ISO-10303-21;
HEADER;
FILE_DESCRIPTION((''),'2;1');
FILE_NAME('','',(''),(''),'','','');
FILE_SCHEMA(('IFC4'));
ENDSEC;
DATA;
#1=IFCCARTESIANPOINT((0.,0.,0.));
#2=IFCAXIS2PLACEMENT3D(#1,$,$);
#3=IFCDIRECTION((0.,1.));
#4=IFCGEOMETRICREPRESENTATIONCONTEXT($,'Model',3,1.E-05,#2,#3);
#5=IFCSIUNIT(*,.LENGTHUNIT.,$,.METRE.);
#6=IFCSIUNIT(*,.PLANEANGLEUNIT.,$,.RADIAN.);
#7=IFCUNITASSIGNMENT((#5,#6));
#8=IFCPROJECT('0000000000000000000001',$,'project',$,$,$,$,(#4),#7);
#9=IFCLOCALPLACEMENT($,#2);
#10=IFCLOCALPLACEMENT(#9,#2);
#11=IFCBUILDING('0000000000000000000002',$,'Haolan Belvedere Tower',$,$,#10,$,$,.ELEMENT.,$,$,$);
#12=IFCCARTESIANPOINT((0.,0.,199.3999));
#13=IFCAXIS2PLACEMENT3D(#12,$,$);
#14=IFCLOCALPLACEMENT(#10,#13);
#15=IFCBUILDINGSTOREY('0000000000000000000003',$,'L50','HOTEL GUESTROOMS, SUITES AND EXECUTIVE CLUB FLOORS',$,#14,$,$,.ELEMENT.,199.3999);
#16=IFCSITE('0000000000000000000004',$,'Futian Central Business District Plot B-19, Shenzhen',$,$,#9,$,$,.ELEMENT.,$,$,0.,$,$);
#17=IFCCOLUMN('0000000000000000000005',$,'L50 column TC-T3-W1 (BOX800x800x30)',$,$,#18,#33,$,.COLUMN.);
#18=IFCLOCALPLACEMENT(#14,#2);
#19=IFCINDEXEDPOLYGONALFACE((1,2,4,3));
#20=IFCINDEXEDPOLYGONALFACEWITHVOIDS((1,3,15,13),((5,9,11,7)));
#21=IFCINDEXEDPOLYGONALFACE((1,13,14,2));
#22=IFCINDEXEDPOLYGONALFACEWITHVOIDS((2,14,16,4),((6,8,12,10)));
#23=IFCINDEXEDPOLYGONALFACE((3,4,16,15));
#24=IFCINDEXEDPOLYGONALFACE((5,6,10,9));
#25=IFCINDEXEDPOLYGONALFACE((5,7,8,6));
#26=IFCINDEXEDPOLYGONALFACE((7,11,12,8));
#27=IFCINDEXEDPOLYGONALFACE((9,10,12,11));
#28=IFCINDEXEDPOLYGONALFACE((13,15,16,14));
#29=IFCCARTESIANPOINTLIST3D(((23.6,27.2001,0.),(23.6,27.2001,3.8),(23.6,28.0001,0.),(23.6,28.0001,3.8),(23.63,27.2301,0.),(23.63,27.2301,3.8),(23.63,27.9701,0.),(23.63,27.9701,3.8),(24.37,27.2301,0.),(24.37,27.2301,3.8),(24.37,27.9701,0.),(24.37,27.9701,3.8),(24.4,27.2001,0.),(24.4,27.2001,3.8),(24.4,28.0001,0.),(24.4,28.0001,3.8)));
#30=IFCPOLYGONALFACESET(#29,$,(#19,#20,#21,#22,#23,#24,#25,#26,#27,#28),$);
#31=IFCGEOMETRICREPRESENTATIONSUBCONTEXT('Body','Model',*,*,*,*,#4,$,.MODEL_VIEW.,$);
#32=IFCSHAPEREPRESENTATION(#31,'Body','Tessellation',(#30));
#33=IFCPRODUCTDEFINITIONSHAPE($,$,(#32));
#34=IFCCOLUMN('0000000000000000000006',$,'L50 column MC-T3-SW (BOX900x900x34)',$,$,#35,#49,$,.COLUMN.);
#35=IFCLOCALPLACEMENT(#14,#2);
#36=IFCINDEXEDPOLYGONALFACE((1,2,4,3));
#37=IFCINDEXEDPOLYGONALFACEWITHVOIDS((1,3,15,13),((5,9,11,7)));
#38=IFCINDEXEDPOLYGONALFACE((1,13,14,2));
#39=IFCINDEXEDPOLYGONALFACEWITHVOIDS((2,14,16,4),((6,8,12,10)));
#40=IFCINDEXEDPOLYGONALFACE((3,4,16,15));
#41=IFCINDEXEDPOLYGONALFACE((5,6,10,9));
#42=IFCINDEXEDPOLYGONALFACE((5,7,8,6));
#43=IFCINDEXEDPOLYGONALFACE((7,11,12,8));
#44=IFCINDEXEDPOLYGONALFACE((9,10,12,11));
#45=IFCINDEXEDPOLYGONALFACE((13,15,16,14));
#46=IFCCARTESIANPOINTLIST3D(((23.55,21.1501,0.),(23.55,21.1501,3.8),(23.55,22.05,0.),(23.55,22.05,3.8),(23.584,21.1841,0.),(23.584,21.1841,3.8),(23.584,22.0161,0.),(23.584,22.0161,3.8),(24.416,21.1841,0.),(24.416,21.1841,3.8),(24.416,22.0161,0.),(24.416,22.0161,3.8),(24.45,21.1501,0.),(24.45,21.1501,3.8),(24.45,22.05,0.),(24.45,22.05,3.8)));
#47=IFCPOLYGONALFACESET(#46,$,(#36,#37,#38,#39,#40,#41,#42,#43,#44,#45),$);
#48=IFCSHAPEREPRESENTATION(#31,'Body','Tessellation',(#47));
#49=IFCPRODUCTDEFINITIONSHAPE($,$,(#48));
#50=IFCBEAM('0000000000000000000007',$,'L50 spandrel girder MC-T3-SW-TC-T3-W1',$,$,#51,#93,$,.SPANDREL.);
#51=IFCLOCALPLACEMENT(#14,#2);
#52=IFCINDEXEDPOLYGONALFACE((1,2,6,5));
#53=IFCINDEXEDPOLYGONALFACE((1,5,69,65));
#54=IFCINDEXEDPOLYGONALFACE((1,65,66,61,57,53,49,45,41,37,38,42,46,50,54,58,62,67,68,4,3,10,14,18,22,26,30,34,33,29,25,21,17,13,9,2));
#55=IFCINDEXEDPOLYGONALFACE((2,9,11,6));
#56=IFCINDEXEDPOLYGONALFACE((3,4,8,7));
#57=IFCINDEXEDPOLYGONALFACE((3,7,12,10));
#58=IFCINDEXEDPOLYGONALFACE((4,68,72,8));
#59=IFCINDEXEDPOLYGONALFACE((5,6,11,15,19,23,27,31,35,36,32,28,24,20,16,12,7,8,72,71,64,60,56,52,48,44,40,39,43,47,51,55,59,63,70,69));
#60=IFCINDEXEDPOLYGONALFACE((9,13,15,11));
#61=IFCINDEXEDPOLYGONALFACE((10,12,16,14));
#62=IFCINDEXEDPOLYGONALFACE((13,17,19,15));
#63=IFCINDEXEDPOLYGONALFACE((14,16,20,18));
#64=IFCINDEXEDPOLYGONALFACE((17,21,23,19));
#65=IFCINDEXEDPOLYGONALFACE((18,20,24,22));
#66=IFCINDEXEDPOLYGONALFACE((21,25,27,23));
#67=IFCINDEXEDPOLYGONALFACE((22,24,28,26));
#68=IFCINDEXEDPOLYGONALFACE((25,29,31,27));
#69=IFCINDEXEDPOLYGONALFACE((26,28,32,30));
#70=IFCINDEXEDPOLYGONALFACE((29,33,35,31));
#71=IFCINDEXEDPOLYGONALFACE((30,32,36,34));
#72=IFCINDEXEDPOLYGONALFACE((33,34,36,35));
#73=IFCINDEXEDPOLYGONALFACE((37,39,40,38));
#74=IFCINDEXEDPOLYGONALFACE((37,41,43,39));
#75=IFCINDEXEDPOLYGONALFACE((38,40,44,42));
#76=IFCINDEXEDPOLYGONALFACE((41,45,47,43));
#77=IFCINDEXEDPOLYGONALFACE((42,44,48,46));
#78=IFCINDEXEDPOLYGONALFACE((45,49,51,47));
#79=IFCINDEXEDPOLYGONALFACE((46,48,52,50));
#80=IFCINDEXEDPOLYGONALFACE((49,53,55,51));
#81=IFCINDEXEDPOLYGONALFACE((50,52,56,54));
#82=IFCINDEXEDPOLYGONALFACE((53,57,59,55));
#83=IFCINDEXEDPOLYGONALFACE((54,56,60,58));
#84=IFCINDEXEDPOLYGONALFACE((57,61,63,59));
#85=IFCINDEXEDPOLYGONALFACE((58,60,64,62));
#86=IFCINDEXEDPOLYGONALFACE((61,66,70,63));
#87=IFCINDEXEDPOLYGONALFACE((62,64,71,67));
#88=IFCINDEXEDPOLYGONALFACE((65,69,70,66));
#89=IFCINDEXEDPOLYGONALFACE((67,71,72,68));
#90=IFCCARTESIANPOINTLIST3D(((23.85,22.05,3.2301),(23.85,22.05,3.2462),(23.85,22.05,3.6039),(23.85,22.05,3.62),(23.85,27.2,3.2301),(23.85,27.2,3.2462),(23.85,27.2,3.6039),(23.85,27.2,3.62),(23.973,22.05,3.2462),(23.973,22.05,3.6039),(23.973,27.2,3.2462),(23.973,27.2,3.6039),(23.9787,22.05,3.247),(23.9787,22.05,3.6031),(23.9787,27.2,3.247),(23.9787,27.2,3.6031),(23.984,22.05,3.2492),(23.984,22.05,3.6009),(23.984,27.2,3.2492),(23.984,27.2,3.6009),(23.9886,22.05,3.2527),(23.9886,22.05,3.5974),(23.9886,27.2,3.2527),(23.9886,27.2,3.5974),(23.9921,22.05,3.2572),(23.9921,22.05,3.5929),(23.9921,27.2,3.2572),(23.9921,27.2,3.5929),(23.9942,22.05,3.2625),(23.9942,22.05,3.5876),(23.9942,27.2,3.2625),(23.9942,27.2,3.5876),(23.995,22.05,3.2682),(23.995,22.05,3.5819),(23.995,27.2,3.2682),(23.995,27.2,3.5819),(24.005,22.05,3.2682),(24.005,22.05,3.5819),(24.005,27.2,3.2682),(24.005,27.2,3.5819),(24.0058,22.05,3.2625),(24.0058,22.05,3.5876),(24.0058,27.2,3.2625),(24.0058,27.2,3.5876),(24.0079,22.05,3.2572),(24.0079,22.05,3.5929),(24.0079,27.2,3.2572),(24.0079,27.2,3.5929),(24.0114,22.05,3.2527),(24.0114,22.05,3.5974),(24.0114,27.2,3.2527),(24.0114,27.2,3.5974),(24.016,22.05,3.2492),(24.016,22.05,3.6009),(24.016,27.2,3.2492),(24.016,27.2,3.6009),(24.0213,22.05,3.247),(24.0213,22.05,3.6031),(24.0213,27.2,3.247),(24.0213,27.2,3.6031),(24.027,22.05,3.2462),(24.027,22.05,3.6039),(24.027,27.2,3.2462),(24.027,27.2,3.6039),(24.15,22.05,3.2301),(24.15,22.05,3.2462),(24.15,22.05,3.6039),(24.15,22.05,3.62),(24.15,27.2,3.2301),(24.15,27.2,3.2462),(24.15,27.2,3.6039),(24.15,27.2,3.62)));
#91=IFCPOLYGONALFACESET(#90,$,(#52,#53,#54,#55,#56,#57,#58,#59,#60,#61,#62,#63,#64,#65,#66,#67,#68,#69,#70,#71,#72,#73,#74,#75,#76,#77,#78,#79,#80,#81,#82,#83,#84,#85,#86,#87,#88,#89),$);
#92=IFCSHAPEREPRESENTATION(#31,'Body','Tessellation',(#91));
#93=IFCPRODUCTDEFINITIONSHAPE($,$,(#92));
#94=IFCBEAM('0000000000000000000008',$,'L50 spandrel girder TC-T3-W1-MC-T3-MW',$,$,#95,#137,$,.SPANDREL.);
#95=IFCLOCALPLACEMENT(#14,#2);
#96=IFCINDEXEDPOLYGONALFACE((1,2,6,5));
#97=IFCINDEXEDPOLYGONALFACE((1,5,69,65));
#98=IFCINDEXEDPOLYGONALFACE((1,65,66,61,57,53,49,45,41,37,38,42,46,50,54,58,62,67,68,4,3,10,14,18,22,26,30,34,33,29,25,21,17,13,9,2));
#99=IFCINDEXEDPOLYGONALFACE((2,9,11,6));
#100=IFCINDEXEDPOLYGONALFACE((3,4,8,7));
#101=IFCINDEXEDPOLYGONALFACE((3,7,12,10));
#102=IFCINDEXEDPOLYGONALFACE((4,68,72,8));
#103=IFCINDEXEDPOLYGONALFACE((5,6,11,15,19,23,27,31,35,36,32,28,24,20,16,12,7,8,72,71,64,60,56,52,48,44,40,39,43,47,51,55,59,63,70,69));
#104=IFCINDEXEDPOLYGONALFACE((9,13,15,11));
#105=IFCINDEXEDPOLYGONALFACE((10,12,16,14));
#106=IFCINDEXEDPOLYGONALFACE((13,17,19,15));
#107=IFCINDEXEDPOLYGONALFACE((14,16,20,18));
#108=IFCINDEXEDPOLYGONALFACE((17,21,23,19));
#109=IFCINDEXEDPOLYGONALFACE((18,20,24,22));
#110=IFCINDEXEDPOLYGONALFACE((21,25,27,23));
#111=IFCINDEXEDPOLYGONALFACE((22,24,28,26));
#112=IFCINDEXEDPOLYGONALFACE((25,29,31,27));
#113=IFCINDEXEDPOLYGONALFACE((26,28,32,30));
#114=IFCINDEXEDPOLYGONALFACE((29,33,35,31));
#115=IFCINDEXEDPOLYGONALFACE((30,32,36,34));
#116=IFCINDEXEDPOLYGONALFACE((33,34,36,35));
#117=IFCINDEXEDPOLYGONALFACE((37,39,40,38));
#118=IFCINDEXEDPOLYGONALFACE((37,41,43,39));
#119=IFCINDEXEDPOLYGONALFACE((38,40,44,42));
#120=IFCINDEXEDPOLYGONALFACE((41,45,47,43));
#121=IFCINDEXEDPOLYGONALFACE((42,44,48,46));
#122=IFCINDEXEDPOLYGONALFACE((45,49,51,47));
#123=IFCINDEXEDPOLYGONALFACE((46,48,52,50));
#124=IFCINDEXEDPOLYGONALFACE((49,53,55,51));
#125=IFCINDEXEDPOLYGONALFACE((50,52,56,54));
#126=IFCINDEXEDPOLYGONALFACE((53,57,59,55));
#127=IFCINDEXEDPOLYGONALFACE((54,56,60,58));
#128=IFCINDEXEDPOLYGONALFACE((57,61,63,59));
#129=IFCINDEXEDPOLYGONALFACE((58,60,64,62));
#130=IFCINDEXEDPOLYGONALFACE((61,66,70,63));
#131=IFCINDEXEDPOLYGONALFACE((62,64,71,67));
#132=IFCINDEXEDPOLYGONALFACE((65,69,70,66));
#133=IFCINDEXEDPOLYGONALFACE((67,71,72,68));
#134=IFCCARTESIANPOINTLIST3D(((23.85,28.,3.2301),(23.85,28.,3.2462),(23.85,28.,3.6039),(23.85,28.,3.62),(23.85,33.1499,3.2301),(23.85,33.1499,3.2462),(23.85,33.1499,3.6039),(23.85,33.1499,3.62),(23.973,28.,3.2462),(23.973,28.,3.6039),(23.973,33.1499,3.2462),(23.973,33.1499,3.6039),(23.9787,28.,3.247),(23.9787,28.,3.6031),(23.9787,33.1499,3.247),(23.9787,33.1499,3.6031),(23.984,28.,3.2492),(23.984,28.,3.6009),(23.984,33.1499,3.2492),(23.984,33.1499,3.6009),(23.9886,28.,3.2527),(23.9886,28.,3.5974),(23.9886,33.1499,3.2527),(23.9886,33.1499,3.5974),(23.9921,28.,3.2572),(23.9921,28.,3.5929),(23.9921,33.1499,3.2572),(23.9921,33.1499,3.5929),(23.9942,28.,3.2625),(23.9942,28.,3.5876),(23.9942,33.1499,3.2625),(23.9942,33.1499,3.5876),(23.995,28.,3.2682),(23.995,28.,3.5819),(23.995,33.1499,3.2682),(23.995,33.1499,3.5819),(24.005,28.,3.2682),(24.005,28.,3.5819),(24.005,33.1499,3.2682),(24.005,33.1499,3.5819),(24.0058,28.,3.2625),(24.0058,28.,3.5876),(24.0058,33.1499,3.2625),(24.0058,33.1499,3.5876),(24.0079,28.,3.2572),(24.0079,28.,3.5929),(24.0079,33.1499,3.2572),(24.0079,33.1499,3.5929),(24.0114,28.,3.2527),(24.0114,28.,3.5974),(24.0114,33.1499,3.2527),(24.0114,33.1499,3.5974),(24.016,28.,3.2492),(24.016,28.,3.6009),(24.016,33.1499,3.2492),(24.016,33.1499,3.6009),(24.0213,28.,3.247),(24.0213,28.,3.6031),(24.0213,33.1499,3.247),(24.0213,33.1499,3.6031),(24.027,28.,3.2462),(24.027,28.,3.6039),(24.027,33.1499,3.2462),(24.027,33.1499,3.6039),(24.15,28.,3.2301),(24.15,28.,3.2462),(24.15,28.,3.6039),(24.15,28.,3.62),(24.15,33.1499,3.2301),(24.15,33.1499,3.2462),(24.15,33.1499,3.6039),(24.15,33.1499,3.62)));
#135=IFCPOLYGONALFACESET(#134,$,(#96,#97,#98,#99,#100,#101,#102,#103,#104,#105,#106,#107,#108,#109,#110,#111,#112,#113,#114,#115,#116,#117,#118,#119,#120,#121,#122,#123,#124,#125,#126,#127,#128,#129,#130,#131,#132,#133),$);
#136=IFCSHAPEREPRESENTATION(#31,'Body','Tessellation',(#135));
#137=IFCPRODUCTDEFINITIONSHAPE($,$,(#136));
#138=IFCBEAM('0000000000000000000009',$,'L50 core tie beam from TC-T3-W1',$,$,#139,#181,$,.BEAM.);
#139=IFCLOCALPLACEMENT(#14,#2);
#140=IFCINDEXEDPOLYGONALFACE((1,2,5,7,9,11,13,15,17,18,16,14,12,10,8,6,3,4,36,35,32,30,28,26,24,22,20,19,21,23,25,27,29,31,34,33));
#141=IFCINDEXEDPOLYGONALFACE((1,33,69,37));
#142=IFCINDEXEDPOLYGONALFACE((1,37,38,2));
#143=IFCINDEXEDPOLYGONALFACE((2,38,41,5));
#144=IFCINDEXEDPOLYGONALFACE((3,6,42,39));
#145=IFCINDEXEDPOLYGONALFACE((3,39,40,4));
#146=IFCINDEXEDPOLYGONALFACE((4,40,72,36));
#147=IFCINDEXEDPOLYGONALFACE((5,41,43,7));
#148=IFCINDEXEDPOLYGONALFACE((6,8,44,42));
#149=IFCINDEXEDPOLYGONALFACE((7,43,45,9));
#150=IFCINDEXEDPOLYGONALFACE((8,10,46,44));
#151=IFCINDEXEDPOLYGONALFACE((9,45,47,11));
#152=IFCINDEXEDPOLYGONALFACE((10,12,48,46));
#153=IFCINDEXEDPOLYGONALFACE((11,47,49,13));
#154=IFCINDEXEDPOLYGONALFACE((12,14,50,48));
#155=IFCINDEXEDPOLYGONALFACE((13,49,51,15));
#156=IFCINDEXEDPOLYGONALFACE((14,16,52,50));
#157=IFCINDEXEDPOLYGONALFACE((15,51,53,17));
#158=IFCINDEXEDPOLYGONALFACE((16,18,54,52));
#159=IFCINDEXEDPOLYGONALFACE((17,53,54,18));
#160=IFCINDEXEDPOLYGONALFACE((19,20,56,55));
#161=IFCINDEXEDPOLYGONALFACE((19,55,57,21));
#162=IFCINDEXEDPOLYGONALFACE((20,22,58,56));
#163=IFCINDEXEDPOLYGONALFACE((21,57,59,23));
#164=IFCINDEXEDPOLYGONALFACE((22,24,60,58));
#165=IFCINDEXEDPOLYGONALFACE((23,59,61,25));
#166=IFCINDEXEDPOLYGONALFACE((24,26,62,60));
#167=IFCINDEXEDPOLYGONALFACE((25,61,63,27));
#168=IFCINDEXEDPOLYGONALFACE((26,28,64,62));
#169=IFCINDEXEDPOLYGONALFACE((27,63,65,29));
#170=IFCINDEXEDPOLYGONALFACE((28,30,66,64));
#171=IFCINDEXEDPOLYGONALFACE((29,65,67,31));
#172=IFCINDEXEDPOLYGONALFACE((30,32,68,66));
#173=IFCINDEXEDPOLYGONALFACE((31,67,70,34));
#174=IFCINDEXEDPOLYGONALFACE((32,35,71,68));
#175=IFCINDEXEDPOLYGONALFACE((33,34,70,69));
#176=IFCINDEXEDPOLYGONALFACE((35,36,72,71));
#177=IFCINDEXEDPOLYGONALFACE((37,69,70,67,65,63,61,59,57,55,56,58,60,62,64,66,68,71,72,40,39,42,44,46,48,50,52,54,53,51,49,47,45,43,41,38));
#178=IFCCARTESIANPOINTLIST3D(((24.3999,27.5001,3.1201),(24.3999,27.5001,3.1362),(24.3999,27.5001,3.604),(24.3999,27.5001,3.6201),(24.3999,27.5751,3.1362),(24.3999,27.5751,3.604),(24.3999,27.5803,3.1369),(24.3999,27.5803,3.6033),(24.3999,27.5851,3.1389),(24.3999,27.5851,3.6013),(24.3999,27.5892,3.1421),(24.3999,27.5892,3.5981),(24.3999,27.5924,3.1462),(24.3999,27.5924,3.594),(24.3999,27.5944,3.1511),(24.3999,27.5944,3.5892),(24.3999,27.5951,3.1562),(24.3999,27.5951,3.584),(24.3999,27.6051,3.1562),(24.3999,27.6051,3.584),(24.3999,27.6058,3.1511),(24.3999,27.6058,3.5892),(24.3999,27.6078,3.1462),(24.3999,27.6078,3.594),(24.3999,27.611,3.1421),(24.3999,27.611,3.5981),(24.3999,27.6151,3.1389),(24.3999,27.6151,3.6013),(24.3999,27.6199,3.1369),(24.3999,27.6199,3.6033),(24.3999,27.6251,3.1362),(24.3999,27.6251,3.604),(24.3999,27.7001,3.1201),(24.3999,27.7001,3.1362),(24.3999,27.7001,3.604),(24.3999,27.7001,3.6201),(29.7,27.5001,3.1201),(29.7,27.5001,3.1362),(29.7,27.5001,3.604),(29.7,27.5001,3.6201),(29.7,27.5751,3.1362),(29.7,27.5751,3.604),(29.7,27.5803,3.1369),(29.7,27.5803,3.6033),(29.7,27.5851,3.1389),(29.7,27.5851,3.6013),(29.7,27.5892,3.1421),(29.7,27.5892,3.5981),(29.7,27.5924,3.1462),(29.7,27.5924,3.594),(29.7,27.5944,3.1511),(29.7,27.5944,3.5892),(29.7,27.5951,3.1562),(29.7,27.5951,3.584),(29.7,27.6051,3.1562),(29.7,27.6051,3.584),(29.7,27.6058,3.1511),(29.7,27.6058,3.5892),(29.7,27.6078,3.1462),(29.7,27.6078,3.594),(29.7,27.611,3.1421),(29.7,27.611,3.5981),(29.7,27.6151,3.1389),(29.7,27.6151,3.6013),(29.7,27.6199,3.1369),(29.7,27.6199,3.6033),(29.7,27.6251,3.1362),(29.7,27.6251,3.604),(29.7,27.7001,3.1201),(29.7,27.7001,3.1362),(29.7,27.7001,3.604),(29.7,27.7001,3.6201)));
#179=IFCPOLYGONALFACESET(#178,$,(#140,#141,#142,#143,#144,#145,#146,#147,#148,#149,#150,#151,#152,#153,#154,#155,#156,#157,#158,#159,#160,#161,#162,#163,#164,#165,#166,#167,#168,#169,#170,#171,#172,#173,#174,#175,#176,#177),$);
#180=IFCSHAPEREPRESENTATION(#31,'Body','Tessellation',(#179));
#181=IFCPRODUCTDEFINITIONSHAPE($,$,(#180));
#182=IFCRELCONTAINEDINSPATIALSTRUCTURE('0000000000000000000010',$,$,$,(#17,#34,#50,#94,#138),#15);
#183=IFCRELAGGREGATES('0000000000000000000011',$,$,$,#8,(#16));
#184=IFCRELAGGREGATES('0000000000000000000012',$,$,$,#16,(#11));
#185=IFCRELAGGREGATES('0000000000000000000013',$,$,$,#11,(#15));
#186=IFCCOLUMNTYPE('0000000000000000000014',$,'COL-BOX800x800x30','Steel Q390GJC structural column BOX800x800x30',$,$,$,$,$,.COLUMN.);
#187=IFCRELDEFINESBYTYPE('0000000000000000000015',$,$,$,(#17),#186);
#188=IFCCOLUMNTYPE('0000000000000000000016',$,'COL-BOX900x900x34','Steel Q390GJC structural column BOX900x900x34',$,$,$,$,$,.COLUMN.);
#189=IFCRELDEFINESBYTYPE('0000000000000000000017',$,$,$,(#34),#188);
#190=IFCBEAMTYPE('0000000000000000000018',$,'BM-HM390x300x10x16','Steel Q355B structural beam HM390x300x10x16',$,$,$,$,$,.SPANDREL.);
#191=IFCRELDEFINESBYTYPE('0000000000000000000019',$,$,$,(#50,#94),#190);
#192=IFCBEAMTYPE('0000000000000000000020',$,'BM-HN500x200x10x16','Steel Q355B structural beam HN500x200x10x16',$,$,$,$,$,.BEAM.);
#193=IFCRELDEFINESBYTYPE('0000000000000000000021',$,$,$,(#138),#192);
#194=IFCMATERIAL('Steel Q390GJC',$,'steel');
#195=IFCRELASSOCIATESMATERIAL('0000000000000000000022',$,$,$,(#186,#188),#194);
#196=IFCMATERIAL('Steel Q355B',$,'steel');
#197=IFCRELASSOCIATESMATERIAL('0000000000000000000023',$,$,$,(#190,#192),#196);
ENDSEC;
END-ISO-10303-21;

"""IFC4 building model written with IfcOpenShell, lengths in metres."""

from ifc_helpers import new_model, si_unit, direction, frame, origin, origin_2d, place, context, subcontext, project, spatial, hollow_rectangle, i_section, extrude, material, material_profile, profile_set, type_object, element, save


model = new_model("IFC4")

# Units and contexts
model_context = context("Model", 3, precision=1e-05, world=origin(), true_north=direction((0.0, 1.0)))
body_context = subcontext(model_context, "Body", "Model", "MODEL_VIEW")
ifc_project = project(units=[si_unit("LENGTHUNIT", "METRE"), si_unit("PLANEANGLEUNIT", "RADIAN")], contexts=[model_context])

# Site, building, storey
site_placement = place(None, origin())
site = spatial("IfcSite", under=ifc_project, at=site_placement, Name="Futian Central Business District Plot B-19, Shenzhen", CompositionType="ELEMENT", RefElevation=0.0)
building_placement = place(site_placement, origin())
building = spatial("IfcBuilding", under=site, at=building_placement, Name="Haolan Belvedere Tower", CompositionType="ELEMENT")
storey_placement = place(building_placement, frame((0.0, 0.0, 199.3999)))
storey = spatial("IfcBuildingStorey", under=building, at=storey_placement, Name="L50", Description="HOTEL GUESTROOMS, SUITES AND EXECUTIVE CLUB FLOORS", CompositionType="ELEMENT", Elevation=199.3999)

# Columns
ifc_material_1 = material(Name="Steel Q390GJC", Category="steel")
ifc_material_profile_1 = material_profile(ifc_material_1, hollow_rectangle(XDim=0.8, YDim=0.8, WallThickness=0.03, at=origin_2d()), Name="Steel Q390GJC")
ifc_profile_set_1 = profile_set([ifc_material_profile_1], Name="Steel Q390GJC")
column_type_1 = type_object("IfcColumnType", Name="COL-BOX800x800x30", Description="Steel Q390GJC structural column BOX800x800x30", PredefinedType="COLUMN", material=ifc_profile_set_1)
column_1_placement = place(storey_placement, frame((24.0, 27.6001, 0.0), z_axis=(0.0, 0.0, 1.0), x_axis=(1.0, 0.0, 0.0)))
element("IfcColumn", 1, at=column_1_placement, inside=storey, type_object=column_type_1, Name="L50 column TC-T3-W1 (BOX800x800x30)", PredefinedType="COLUMN", context=body_context, shape_type="SweptSolid", body=[
    extrude(hollow_rectangle(XDim=0.8, YDim=0.8, WallThickness=0.03, at=origin_2d()), origin(), (0.0, 0.0, 1.0), 3.8),
])
ifc_material_profile_2 = material_profile(ifc_material_1, hollow_rectangle(XDim=0.8999, YDim=0.8999, WallThickness=0.0339, at=origin_2d()), Name="Steel Q390GJC")
ifc_profile_set_2 = profile_set([ifc_material_profile_2], Name="Steel Q390GJC")
column_type_2 = type_object("IfcColumnType", Name="COL-BOX900x900x34", Description="Steel Q390GJC structural column BOX900x900x34", PredefinedType="COLUMN", material=ifc_profile_set_2)
column_2_placement = place(storey_placement, frame((24.0, 21.6001, 0.0), z_axis=(0.0, 0.0, 1.0), x_axis=(1.0, 0.0, 0.0)))
element("IfcColumn", 2, at=column_2_placement, inside=storey, type_object=column_type_2, Name="L50 column MC-T3-SW (BOX900x900x34)", PredefinedType="COLUMN", context=body_context, shape_type="SweptSolid", body=[
    extrude(hollow_rectangle(XDim=0.8999, YDim=0.8999, WallThickness=0.0339, at=origin_2d()), origin(), (0.0, 0.0, 1.0), 3.8),
])

# Beams
ifc_material_2 = material(Name="Steel Q355B", Category="steel")
ifc_material_profile_3 = material_profile(ifc_material_2, i_section(OverallWidth=0.3, OverallDepth=0.3899, WebThickness=0.01, FlangeThickness=0.0161, FilletRadius=0.022, at=origin_2d()), Name="Steel Q355B")
ifc_profile_set_3 = profile_set([ifc_material_profile_3], Name="Steel Q355B")
beam_type_1 = type_object("IfcBeamType", Name="BM-HM390x300x10x16", Description="Steel Q355B structural beam HM390x300x10x16", PredefinedType="SPANDREL", material=ifc_profile_set_3)
for number, where, z_axis, x_axis, name in (
    (3, (24.0, 22.05, 3.425), (0.0, 1.0, 0.0), (-1.0, 0.0, 0.0), "L50 spandrel girder MC-T3-SW-TC-T3-W1"),
    (4, (24.0, 28.0, 3.425), (0.0, 1.0, 0.0), (-1.0, 0.0, 0.0), "L50 spandrel girder TC-T3-W1-MC-T3-MW"),
):
    element("IfcBeam", number, at=place(storey_placement, frame(where, z_axis=z_axis, x_axis=x_axis)), inside=storey, type_object=beam_type_1, Name=name, PredefinedType="SPANDREL", context=body_context, shape_type="SweptSolid", body=[
        extrude(i_section(OverallWidth=0.3, OverallDepth=0.3899, WebThickness=0.01, FlangeThickness=0.0161, FilletRadius=0.022, at=origin_2d()), origin(), (0.0, 0.0, 1.0), 5.1499),
    ])
ifc_material_profile_4 = material_profile(ifc_material_2, i_section(OverallWidth=0.2, OverallDepth=0.5, WebThickness=0.01, FlangeThickness=0.0161, FilletRadius=0.02, at=origin_2d()), Name="Steel Q355B")
ifc_profile_set_4 = profile_set([ifc_material_profile_4], Name="Steel Q355B")
beam_type_2 = type_object("IfcBeamType", Name="BM-HN500x200x10x16", Description="Steel Q355B structural beam HN500x200x10x16", PredefinedType="BEAM", material=ifc_profile_set_4)
beam_placement = place(storey_placement, frame((24.3999, 27.6001, 3.3701), z_axis=(1.0, 0.0, 0.0), x_axis=(0.0, 1.0, 0.0)))
element("IfcBeam", 5, at=beam_placement, inside=storey, type_object=beam_type_2, Name="L50 core tie beam from TC-T3-W1", PredefinedType="BEAM", context=body_context, shape_type="SweptSolid", body=[
    extrude(i_section(OverallWidth=0.2, OverallDepth=0.5, WebThickness=0.01, FlangeThickness=0.0161, FilletRadius=0.02, at=origin_2d()), origin(), (0.0, 0.0, 1.0), 5.3),
])

save(model, "model.ifc")
